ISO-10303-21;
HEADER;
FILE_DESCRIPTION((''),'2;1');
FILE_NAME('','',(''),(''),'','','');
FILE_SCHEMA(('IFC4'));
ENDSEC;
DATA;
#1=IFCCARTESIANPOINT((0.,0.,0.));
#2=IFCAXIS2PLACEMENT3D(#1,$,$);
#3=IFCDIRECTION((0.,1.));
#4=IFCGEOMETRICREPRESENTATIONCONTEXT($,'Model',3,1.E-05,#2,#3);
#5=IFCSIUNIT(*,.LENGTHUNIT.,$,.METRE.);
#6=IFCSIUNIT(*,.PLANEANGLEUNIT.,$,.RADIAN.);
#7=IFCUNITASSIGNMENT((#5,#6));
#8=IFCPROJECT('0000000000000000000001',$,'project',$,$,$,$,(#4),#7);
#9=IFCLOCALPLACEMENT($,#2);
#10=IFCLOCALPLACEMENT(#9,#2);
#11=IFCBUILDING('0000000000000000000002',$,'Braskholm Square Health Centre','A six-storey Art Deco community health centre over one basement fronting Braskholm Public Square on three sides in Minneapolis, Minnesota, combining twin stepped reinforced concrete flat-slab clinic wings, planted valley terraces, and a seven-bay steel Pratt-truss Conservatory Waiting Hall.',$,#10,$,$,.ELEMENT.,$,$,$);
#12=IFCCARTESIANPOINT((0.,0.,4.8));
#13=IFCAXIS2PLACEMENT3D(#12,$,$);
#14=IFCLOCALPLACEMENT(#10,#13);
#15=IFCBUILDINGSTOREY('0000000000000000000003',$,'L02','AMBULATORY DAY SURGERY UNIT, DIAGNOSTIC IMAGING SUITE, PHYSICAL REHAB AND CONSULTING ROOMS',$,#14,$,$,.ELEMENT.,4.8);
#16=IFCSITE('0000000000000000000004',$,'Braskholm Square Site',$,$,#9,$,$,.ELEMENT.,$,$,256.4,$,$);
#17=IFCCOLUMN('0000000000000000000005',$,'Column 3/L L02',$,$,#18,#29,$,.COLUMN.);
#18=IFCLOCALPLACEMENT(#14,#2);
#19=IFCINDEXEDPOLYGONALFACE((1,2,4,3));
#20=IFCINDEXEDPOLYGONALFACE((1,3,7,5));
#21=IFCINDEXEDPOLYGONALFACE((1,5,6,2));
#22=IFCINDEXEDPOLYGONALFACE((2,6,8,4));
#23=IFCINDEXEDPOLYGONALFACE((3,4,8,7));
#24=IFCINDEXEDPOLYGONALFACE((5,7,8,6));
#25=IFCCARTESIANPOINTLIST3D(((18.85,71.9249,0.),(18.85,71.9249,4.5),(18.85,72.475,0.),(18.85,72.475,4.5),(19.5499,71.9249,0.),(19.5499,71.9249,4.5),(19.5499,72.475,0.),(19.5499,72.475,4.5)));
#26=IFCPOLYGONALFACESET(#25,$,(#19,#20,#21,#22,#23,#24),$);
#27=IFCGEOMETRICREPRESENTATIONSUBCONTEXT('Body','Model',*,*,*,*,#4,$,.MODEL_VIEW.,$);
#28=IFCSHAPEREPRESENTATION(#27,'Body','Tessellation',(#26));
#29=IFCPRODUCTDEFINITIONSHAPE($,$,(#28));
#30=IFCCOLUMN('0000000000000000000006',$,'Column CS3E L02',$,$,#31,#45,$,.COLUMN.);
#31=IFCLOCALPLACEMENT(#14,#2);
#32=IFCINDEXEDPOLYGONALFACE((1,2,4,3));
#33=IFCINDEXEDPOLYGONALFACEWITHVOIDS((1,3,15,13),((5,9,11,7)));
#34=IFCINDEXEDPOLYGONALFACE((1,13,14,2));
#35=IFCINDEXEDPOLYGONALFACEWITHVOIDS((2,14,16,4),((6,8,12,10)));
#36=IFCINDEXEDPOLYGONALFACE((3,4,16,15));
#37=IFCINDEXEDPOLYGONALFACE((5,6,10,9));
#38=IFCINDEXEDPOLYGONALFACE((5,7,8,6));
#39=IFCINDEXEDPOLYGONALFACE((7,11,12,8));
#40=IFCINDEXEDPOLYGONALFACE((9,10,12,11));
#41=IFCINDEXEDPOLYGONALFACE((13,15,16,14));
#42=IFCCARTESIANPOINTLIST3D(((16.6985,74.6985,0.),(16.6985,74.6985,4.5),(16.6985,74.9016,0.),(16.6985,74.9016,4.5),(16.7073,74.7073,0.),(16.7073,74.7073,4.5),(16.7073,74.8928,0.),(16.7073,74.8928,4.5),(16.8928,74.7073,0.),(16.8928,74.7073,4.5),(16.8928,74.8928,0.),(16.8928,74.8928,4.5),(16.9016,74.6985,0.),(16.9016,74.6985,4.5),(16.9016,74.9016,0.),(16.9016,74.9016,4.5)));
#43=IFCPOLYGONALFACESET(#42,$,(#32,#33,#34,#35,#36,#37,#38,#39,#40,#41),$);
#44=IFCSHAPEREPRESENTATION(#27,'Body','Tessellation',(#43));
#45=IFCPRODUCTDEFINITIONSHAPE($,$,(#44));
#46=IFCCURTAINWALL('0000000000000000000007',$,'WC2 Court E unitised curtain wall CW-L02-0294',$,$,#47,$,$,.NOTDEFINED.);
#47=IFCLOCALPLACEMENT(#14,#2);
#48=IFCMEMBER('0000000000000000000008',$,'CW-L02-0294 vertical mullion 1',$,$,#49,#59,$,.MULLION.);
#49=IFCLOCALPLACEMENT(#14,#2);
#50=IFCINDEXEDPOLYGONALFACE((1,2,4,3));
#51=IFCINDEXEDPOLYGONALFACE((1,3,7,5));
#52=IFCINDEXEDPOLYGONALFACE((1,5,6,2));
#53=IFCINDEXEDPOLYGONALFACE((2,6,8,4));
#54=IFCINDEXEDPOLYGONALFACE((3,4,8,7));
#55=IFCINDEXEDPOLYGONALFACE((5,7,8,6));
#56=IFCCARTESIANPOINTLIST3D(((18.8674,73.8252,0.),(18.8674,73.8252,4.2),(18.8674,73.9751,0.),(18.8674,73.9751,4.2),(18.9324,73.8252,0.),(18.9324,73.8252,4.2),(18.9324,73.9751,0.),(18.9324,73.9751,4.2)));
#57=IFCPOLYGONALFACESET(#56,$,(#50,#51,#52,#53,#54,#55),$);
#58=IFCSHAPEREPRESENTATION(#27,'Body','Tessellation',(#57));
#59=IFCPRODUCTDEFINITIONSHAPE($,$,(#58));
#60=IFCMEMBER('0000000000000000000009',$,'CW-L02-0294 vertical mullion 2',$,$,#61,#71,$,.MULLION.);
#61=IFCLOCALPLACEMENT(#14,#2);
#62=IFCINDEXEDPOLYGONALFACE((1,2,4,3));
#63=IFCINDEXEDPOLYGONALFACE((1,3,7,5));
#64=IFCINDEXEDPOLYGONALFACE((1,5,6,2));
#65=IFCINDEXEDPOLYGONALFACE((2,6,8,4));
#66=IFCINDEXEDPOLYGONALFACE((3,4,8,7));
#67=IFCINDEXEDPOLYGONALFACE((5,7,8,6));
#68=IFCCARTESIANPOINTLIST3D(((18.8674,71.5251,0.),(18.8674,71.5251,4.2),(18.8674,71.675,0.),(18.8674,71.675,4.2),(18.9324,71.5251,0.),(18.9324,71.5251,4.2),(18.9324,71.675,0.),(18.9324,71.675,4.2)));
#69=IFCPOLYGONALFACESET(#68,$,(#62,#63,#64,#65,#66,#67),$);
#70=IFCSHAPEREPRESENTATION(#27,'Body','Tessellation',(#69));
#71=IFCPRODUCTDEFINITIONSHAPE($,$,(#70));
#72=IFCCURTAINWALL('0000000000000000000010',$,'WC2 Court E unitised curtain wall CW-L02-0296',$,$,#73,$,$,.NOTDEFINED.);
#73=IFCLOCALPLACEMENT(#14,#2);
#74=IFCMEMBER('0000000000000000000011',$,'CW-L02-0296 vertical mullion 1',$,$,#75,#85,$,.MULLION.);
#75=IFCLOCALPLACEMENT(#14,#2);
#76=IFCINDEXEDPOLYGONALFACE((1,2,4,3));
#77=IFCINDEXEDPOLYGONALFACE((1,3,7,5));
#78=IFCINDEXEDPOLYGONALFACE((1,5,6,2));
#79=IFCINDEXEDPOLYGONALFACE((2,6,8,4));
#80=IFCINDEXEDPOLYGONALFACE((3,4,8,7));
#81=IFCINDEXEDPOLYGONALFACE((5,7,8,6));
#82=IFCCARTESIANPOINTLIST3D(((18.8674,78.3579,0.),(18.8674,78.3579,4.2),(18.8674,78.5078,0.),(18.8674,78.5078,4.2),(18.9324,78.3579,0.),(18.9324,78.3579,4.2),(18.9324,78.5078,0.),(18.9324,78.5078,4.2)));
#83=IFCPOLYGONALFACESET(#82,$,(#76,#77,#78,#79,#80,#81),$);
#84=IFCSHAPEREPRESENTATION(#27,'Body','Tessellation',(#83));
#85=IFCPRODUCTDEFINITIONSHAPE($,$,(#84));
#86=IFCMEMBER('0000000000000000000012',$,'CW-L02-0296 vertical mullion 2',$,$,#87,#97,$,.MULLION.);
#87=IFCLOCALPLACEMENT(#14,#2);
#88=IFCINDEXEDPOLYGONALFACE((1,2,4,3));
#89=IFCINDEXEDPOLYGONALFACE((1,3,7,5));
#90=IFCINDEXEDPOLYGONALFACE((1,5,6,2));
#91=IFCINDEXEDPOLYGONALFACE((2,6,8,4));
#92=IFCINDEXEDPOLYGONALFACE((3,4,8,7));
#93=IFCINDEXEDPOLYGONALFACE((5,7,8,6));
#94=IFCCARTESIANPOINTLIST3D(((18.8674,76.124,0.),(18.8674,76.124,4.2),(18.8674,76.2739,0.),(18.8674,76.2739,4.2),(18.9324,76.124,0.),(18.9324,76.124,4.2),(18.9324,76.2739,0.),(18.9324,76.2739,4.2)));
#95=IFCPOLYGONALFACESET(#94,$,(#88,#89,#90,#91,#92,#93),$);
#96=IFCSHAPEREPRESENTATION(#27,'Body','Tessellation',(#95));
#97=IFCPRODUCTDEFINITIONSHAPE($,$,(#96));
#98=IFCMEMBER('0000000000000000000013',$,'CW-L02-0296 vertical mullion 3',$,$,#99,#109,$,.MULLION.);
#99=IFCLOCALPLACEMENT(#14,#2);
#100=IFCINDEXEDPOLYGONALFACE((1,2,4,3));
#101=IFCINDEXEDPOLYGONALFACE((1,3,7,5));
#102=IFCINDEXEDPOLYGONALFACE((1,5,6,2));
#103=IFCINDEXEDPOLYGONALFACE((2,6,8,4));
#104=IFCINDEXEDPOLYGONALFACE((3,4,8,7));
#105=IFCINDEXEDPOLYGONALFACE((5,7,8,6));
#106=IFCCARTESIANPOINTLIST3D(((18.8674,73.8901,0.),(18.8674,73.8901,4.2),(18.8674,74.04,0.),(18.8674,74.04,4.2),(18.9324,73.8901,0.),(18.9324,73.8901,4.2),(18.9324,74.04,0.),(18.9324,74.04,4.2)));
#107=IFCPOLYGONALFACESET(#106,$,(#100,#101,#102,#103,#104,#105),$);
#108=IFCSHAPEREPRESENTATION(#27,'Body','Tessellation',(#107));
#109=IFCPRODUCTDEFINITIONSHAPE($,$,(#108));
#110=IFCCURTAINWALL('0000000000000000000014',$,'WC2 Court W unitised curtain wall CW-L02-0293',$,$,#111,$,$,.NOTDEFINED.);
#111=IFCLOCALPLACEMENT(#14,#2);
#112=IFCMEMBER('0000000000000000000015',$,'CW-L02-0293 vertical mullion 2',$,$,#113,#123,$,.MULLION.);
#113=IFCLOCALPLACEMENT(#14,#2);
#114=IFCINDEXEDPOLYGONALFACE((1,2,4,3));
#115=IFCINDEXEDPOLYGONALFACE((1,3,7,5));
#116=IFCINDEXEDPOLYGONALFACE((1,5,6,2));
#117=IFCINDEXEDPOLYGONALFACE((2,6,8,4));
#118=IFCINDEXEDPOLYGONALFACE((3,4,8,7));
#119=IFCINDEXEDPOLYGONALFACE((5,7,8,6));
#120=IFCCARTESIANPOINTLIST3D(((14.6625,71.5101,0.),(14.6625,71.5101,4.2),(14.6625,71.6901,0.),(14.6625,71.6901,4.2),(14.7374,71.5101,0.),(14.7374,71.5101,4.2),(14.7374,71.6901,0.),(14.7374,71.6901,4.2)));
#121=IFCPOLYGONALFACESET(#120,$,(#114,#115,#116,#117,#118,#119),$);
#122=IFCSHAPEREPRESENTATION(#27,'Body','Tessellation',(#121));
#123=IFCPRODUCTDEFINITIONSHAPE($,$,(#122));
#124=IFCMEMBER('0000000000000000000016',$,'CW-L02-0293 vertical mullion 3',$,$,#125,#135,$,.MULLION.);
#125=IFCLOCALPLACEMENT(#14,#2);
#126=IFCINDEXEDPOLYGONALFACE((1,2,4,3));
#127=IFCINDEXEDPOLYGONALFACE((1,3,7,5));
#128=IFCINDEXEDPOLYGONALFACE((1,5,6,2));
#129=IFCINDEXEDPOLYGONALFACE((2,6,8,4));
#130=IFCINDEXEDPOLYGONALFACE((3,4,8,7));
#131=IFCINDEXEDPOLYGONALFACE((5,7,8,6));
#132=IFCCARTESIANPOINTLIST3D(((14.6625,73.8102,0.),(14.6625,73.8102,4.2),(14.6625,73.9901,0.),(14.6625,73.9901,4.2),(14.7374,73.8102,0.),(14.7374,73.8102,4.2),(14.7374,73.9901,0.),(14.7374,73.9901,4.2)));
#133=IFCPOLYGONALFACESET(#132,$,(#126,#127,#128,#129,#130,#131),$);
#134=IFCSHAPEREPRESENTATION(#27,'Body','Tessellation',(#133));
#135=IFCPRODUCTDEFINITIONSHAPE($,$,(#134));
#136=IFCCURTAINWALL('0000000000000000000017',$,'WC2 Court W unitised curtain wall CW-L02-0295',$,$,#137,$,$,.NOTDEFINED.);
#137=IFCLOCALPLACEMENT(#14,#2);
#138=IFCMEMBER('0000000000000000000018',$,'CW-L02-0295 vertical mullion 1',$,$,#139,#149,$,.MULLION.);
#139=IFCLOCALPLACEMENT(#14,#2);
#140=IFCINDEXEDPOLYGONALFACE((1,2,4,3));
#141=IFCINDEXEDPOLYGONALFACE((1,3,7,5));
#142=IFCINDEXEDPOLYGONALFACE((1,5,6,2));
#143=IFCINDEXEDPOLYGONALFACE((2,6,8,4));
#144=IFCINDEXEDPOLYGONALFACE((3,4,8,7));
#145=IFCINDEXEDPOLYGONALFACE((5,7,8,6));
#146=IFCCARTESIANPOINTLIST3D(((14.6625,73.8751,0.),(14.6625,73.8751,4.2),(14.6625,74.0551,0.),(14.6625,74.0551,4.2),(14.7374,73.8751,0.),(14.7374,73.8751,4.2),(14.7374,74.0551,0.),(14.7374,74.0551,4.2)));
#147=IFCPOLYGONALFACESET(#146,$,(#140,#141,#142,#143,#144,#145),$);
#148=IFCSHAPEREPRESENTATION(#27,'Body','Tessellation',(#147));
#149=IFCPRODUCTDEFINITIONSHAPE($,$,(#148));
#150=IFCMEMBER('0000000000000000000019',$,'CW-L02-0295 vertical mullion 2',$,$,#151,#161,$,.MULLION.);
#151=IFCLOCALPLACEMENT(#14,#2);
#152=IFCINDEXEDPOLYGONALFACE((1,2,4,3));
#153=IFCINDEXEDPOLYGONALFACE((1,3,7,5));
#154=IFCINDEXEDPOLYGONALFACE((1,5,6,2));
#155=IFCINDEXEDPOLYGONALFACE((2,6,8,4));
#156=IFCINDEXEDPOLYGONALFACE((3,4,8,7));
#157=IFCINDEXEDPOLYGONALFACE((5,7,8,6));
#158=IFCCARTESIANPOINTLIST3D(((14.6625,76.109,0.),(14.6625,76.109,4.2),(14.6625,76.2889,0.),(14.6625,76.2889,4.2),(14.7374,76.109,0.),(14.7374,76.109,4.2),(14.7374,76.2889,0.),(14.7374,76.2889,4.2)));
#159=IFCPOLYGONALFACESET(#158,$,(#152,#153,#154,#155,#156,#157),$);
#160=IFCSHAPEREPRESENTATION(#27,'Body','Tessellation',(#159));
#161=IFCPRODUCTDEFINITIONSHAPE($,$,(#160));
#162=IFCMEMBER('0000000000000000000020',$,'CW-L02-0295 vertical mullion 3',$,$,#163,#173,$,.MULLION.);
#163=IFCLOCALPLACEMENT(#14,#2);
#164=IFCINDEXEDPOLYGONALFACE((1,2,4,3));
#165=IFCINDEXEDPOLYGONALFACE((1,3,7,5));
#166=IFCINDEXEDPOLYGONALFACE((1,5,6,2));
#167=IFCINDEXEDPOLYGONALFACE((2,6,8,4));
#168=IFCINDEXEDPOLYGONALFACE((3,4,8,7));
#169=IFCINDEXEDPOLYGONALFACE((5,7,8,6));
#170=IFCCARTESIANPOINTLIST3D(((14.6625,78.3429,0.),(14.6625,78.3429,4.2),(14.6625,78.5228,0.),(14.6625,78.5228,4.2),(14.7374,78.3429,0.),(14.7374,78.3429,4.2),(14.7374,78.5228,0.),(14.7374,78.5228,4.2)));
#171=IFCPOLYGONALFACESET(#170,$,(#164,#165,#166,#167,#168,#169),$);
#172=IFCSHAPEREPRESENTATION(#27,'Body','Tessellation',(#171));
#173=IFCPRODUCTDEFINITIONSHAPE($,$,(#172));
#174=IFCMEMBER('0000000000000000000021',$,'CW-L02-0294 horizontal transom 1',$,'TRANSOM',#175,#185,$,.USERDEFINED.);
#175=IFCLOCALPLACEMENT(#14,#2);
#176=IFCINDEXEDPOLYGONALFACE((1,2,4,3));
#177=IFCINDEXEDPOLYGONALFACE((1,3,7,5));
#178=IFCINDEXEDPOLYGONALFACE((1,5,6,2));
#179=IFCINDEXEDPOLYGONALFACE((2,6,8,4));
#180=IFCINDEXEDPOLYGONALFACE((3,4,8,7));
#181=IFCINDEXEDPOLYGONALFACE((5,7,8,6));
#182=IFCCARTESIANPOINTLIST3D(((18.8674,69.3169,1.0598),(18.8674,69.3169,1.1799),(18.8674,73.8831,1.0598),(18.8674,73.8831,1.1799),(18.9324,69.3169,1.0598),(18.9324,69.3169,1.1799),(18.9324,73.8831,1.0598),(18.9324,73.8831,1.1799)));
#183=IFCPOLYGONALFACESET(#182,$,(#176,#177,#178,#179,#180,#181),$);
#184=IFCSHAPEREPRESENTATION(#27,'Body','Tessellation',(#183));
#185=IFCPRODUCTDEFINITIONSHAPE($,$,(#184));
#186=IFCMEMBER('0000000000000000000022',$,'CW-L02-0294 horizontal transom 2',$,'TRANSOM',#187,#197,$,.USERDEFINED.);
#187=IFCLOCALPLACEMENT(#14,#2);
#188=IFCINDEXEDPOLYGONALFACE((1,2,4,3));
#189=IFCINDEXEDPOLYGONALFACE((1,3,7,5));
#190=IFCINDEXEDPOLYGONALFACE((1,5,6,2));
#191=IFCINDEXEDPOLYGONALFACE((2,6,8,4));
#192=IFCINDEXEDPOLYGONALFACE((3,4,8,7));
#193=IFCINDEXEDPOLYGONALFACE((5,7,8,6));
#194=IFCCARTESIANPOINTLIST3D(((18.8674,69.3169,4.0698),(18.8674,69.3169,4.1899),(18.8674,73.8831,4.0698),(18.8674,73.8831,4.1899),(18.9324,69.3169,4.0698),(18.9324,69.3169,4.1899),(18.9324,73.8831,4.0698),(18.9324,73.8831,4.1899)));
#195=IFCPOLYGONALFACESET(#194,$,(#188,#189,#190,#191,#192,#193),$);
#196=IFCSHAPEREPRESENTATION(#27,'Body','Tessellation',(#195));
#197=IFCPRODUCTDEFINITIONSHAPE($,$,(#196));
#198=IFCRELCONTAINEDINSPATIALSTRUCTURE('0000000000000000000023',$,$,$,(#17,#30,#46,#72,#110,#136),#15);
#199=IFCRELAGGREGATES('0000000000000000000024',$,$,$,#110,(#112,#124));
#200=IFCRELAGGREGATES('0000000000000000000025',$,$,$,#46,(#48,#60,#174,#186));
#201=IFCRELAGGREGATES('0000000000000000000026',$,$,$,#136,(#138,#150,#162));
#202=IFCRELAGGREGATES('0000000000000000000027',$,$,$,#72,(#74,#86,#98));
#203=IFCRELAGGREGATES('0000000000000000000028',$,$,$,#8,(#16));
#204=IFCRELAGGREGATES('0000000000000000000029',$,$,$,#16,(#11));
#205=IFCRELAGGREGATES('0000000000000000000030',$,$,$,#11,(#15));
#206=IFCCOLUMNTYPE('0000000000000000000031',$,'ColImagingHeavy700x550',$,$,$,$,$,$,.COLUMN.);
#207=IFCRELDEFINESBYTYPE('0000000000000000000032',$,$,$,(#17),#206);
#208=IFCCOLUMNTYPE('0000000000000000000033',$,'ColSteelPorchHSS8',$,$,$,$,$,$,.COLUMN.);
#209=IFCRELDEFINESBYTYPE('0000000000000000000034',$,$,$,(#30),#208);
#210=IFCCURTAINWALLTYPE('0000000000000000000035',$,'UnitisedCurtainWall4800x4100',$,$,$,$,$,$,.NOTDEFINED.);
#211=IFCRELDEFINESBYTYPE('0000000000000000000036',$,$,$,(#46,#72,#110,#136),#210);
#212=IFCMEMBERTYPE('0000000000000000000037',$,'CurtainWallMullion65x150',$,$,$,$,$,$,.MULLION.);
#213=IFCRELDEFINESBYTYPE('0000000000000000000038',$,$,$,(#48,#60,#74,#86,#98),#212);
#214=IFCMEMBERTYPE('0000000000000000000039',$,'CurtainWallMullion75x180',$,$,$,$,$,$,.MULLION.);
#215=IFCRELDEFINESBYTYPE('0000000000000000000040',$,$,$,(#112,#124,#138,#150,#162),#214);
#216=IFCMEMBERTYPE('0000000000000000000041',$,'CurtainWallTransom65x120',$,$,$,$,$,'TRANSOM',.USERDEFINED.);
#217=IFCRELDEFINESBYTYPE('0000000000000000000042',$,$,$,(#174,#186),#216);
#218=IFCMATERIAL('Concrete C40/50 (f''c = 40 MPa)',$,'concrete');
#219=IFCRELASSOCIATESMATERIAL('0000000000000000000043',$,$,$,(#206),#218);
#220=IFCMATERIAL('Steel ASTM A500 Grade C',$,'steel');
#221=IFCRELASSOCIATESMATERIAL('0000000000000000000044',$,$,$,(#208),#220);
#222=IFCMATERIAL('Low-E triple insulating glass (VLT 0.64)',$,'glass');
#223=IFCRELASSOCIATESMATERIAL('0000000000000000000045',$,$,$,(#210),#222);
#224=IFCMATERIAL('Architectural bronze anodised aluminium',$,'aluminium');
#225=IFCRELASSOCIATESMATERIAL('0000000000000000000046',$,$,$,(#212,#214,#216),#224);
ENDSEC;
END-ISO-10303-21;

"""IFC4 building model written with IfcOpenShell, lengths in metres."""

from ifc_helpers import new_model, si_unit, direction, frame, origin, origin_2d, place, context, subcontext, project, spatial, rectangle, hollow_rectangle, extrude, material, material_profile, profile_set, type_object, element, aggregate, save


model = new_model("IFC4")

# Units and contexts
model_context = context("Model", 3, precision=1e-05, world=origin(), true_north=direction((0.0, 1.0)))
body_context = subcontext(model_context, "Body", "Model", "MODEL_VIEW")
ifc_project = project(units=[si_unit("LENGTHUNIT", "METRE"), si_unit("PLANEANGLEUNIT", "RADIAN")], contexts=[model_context])

# Site, building, storey
site_placement = place(None, origin())
site = spatial("IfcSite", under=ifc_project, at=site_placement, Name="Braskholm Square Site", CompositionType="ELEMENT", RefElevation=256.4)
building_placement = place(site_placement, origin())
building = spatial("IfcBuilding", under=site, at=building_placement, Name="Braskholm Square Health Centre", Description="A six-storey Art Deco community health centre over one basement fronting Braskholm Public Square on three sides in Minneapolis, Minnesota, combining twin stepped reinforced concrete flat-slab clinic wings, planted valley terraces, and a seven-bay steel Pratt-truss Conservatory Waiting Hall.", CompositionType="ELEMENT")
storey_placement = place(building_placement, frame((0.0, 0.0, 4.8)))
storey = spatial("IfcBuildingStorey", under=building, at=storey_placement, Name="L02", Description="AMBULATORY DAY SURGERY UNIT, DIAGNOSTIC IMAGING SUITE, PHYSICAL REHAB AND CONSULTING ROOMS", CompositionType="ELEMENT", Elevation=4.8)

# Columns
ifc_material_1 = material(Name="Concrete C40/50 (f'c = 40 MPa)", Category="concrete")
ifc_material_profile_1 = material_profile(ifc_material_1, rectangle(XDim=0.7, YDim=0.55, at=origin_2d()), Name="RC-700X550")
ifc_profile_set_1 = profile_set([ifc_material_profile_1], Name="Concrete C40/50 (f'c = 40 MPa)")
column_type_1 = type_object("IfcColumnType", Name="ColImagingHeavy700x550", PredefinedType="COLUMN", material=ifc_profile_set_1)
column_1_placement = place(storey_placement, frame((19.2, 72.2, 0.0), z_axis=(0.0, 0.0, 1.0), x_axis=(1.0, 0.0, 0.0)))
element("IfcColumn", 1, at=column_1_placement, inside=storey, type_object=column_type_1, Name="Column 3/L L02", PredefinedType="COLUMN", context=body_context, shape_type="SweptSolid", body=[
    extrude(rectangle(XDim=0.7, YDim=0.55, at=origin_2d()), origin(), (0.0, 0.0, 1.0), 4.5),
])
ifc_material_2 = material(Name="Steel ASTM A500 Grade C", Category="steel")
ifc_material_profile_2 = material_profile(ifc_material_2, hollow_rectangle(XDim=0.2031, YDim=0.2031, WallThickness=0.0088, at=origin_2d()), Name="HSS8X8X3/8")
ifc_profile_set_2 = profile_set([ifc_material_profile_2], Name="Steel ASTM A500 Grade C")
column_type_2 = type_object("IfcColumnType", Name="ColSteelPorchHSS8", PredefinedType="COLUMN", material=ifc_profile_set_2)
column_2_placement = place(storey_placement, frame((16.8, 74.8, 0.0), z_axis=(0.0, 0.0, 1.0), x_axis=(1.0, 0.0, 0.0)))
element("IfcColumn", 2, at=column_2_placement, inside=storey, type_object=column_type_2, Name="Column CS3E L02", PredefinedType="COLUMN", context=body_context, shape_type="SweptSolid", body=[
    extrude(hollow_rectangle(XDim=0.2031, YDim=0.2031, WallThickness=0.0088, at=origin_2d()), origin(), (0.0, 0.0, 1.0), 4.5),
])

# Curtain walls, members
ifc_material_3 = material(Name="Low-E triple insulating glass (VLT 0.64)", Category="glass")
curtain_wall_type = type_object("IfcCurtainWallType", Name="UnitisedCurtainWall4800x4100", PredefinedType="NOTDEFINED", material=ifc_material_3)
curtain_wall_1_placement = place(storey_placement, origin())
curtain_wall_1 = element("IfcCurtainWall", 3, at=curtain_wall_1_placement, inside=storey, type_object=curtain_wall_type, Name="WC2 Court E unitised curtain wall CW-L02-0294", PredefinedType="NOTDEFINED")
ifc_material_4 = material(Name="Architectural bronze anodised aluminium", Category="aluminium")
ifc_material_profile_3 = material_profile(ifc_material_4, rectangle(XDim=0.0649, YDim=0.1499, at=origin_2d()), Name="ALU-65X150")
ifc_profile_set_3 = profile_set([ifc_material_profile_3], Name="Architectural bronze anodised aluminium")
member_type_1 = type_object("IfcMemberType", Name="CurtainWallMullion65x150", PredefinedType="MULLION", material=ifc_profile_set_3)
member_1_placement = place(storey_placement, frame((18.8999, 73.9001, 0.0), z_axis=(0.0, 0.0, 1.0), x_axis=(1.0, 0.0, 0.0)))
member_1 = element("IfcMember", 4, at=member_1_placement, type_object=member_type_1, Name="CW-L02-0294 vertical mullion 1", PredefinedType="MULLION", context=body_context, shape_type="SweptSolid", body=[
    extrude(rectangle(XDim=0.0649, YDim=0.1499, at=origin_2d()), origin(), (0.0, 0.0, 1.0), 4.2),
])
member_2_placement = place(storey_placement, frame((18.8999, 71.6001, 0.0), z_axis=(0.0, 0.0, 1.0), x_axis=(1.0, 0.0, 0.0)))
member_2 = element("IfcMember", 5, at=member_2_placement, type_object=member_type_1, Name="CW-L02-0294 vertical mullion 2", PredefinedType="MULLION", context=body_context, shape_type="SweptSolid", body=[
    extrude(rectangle(XDim=0.0649, YDim=0.1499, at=origin_2d()), origin(), (0.0, 0.0, 1.0), 4.2),
])
curtain_wall_2_placement = place(storey_placement, origin())
curtain_wall_2 = element("IfcCurtainWall", 6, at=curtain_wall_2_placement, inside=storey, type_object=curtain_wall_type, Name="WC2 Court E unitised curtain wall CW-L02-0296", PredefinedType="NOTDEFINED")
member_3_placement = place(storey_placement, frame((18.8999, 78.4329, 0.0), z_axis=(0.0, 0.0, 1.0), x_axis=(1.0, 0.0, 0.0)))
member_3 = element("IfcMember", 7, at=member_3_placement, type_object=member_type_1, Name="CW-L02-0296 vertical mullion 1", PredefinedType="MULLION", context=body_context, shape_type="SweptSolid", body=[
    extrude(rectangle(XDim=0.0649, YDim=0.1499, at=origin_2d()), origin(), (0.0, 0.0, 1.0), 4.2),
])
member_4_placement = place(storey_placement, frame((18.8999, 76.199, 0.0), z_axis=(0.0, 0.0, 1.0), x_axis=(1.0, 0.0, 0.0)))
member_4 = element("IfcMember", 8, at=member_4_placement, type_object=member_type_1, Name="CW-L02-0296 vertical mullion 2", PredefinedType="MULLION", context=body_context, shape_type="SweptSolid", body=[
    extrude(rectangle(XDim=0.0649, YDim=0.1499, at=origin_2d()), origin(), (0.0, 0.0, 1.0), 4.2),
])
member_5_placement = place(storey_placement, frame((18.8999, 73.9651, 0.0), z_axis=(0.0, 0.0, 1.0), x_axis=(1.0, 0.0, 0.0)))
member_5 = element("IfcMember", 9, at=member_5_placement, type_object=member_type_1, Name="CW-L02-0296 vertical mullion 3", PredefinedType="MULLION", context=body_context, shape_type="SweptSolid", body=[
    extrude(rectangle(XDim=0.0649, YDim=0.1499, at=origin_2d()), origin(), (0.0, 0.0, 1.0), 4.2),
])
curtain_wall_3_placement = place(storey_placement, origin())
curtain_wall_3 = element("IfcCurtainWall", 10, at=curtain_wall_3_placement, inside=storey, type_object=curtain_wall_type, Name="WC2 Court W unitised curtain wall CW-L02-0293", PredefinedType="NOTDEFINED")
ifc_material_profile_4 = material_profile(ifc_material_4, rectangle(XDim=0.075, YDim=0.1799, at=origin_2d()), Name="ALU-75X180")
ifc_profile_set_4 = profile_set([ifc_material_profile_4], Name="Architectural bronze anodised aluminium")
member_type_2 = type_object("IfcMemberType", Name="CurtainWallMullion75x180", PredefinedType="MULLION", material=ifc_profile_set_4)
member_6_placement = place(storey_placement, frame((14.7, 71.6001, 0.0), z_axis=(0.0, 0.0, 1.0), x_axis=(1.0, 0.0, 0.0)))
member_6 = element("IfcMember", 11, at=member_6_placement, type_object=member_type_2, Name="CW-L02-0293 vertical mullion 2", PredefinedType="MULLION", context=body_context, shape_type="SweptSolid", body=[
    extrude(rectangle(XDim=0.075, YDim=0.1799, at=origin_2d()), origin(), (0.0, 0.0, 1.0), 4.2),
])
member_7_placement = place(storey_placement, frame((14.7, 73.9001, 0.0), z_axis=(0.0, 0.0, 1.0), x_axis=(1.0, 0.0, 0.0)))
member_7 = element("IfcMember", 12, at=member_7_placement, type_object=member_type_2, Name="CW-L02-0293 vertical mullion 3", PredefinedType="MULLION", context=body_context, shape_type="SweptSolid", body=[
    extrude(rectangle(XDim=0.075, YDim=0.1799, at=origin_2d()), origin(), (0.0, 0.0, 1.0), 4.2),
])
curtain_wall_4_placement = place(storey_placement, origin())
curtain_wall_4 = element("IfcCurtainWall", 13, at=curtain_wall_4_placement, inside=storey, type_object=curtain_wall_type, Name="WC2 Court W unitised curtain wall CW-L02-0295", PredefinedType="NOTDEFINED")
member_8_placement = place(storey_placement, frame((14.7, 73.9651, 0.0), z_axis=(0.0, 0.0, 1.0), x_axis=(1.0, 0.0, 0.0)))
member_8 = element("IfcMember", 14, at=member_8_placement, type_object=member_type_2, Name="CW-L02-0295 vertical mullion 1", PredefinedType="MULLION", context=body_context, shape_type="SweptSolid", body=[
    extrude(rectangle(XDim=0.075, YDim=0.1799, at=origin_2d()), origin(), (0.0, 0.0, 1.0), 4.2),
])
member_9_placement = place(storey_placement, frame((14.7, 76.199, 0.0), z_axis=(0.0, 0.0, 1.0), x_axis=(1.0, 0.0, 0.0)))
member_9 = element("IfcMember", 15, at=member_9_placement, type_object=member_type_2, Name="CW-L02-0295 vertical mullion 2", PredefinedType="MULLION", context=body_context, shape_type="SweptSolid", body=[
    extrude(rectangle(XDim=0.075, YDim=0.1799, at=origin_2d()), origin(), (0.0, 0.0, 1.0), 4.2),
])
member_10_placement = place(storey_placement, frame((14.7, 78.4329, 0.0), z_axis=(0.0, 0.0, 1.0), x_axis=(1.0, 0.0, 0.0)))
member_10 = element("IfcMember", 16, at=member_10_placement, type_object=member_type_2, Name="CW-L02-0295 vertical mullion 3", PredefinedType="MULLION", context=body_context, shape_type="SweptSolid", body=[
    extrude(rectangle(XDim=0.075, YDim=0.1799, at=origin_2d()), origin(), (0.0, 0.0, 1.0), 4.2),
])

# Members
ifc_material_profile_5 = material_profile(ifc_material_4, rectangle(XDim=0.0649, YDim=0.1201, at=origin_2d()), Name="ALU-65X120")
ifc_profile_set_5 = profile_set([ifc_material_profile_5], Name="Architectural bronze anodised aluminium")
member_type_3 = type_object("IfcMemberType", Name="CurtainWallTransom65x120", ElementType="TRANSOM", PredefinedType="USERDEFINED", material=ifc_profile_set_5)
member_11_placement = place(storey_placement, frame((18.8999, 73.8831, 1.1199), z_axis=(0.0, -1.0, 0.0), x_axis=(1.0, 0.0, 0.0)))
member_11 = element("IfcMember", 17, at=member_11_placement, type_object=member_type_3, Name="CW-L02-0294 horizontal transom 1", ObjectType="TRANSOM", PredefinedType="USERDEFINED", context=body_context, shape_type="SweptSolid", body=[
    extrude(rectangle(XDim=0.0649, YDim=0.1201, at=origin_2d()), origin(), (0.0, 0.0, 1.0), 4.5662),
])
member_12_placement = place(storey_placement, frame((18.8999, 73.8831, 4.1299), z_axis=(0.0, -1.0, 0.0), x_axis=(1.0, 0.0, 0.0)))
member_12 = element("IfcMember", 18, at=member_12_placement, type_object=member_type_3, Name="CW-L02-0294 horizontal transom 2", ObjectType="TRANSOM", PredefinedType="USERDEFINED", context=body_context, shape_type="SweptSolid", body=[
    extrude(rectangle(XDim=0.0649, YDim=0.1201, at=origin_2d()), origin(), (0.0, 0.0, 1.0), 4.5662),
])

aggregate(curtain_wall_3, [member_6, member_7])
aggregate(curtain_wall_1, [member_1, member_2, member_11, member_12])
aggregate(curtain_wall_4, [member_8, member_9, member_10])
aggregate(curtain_wall_2, [member_3, member_4, member_5])

save(model, "model.ifc")
